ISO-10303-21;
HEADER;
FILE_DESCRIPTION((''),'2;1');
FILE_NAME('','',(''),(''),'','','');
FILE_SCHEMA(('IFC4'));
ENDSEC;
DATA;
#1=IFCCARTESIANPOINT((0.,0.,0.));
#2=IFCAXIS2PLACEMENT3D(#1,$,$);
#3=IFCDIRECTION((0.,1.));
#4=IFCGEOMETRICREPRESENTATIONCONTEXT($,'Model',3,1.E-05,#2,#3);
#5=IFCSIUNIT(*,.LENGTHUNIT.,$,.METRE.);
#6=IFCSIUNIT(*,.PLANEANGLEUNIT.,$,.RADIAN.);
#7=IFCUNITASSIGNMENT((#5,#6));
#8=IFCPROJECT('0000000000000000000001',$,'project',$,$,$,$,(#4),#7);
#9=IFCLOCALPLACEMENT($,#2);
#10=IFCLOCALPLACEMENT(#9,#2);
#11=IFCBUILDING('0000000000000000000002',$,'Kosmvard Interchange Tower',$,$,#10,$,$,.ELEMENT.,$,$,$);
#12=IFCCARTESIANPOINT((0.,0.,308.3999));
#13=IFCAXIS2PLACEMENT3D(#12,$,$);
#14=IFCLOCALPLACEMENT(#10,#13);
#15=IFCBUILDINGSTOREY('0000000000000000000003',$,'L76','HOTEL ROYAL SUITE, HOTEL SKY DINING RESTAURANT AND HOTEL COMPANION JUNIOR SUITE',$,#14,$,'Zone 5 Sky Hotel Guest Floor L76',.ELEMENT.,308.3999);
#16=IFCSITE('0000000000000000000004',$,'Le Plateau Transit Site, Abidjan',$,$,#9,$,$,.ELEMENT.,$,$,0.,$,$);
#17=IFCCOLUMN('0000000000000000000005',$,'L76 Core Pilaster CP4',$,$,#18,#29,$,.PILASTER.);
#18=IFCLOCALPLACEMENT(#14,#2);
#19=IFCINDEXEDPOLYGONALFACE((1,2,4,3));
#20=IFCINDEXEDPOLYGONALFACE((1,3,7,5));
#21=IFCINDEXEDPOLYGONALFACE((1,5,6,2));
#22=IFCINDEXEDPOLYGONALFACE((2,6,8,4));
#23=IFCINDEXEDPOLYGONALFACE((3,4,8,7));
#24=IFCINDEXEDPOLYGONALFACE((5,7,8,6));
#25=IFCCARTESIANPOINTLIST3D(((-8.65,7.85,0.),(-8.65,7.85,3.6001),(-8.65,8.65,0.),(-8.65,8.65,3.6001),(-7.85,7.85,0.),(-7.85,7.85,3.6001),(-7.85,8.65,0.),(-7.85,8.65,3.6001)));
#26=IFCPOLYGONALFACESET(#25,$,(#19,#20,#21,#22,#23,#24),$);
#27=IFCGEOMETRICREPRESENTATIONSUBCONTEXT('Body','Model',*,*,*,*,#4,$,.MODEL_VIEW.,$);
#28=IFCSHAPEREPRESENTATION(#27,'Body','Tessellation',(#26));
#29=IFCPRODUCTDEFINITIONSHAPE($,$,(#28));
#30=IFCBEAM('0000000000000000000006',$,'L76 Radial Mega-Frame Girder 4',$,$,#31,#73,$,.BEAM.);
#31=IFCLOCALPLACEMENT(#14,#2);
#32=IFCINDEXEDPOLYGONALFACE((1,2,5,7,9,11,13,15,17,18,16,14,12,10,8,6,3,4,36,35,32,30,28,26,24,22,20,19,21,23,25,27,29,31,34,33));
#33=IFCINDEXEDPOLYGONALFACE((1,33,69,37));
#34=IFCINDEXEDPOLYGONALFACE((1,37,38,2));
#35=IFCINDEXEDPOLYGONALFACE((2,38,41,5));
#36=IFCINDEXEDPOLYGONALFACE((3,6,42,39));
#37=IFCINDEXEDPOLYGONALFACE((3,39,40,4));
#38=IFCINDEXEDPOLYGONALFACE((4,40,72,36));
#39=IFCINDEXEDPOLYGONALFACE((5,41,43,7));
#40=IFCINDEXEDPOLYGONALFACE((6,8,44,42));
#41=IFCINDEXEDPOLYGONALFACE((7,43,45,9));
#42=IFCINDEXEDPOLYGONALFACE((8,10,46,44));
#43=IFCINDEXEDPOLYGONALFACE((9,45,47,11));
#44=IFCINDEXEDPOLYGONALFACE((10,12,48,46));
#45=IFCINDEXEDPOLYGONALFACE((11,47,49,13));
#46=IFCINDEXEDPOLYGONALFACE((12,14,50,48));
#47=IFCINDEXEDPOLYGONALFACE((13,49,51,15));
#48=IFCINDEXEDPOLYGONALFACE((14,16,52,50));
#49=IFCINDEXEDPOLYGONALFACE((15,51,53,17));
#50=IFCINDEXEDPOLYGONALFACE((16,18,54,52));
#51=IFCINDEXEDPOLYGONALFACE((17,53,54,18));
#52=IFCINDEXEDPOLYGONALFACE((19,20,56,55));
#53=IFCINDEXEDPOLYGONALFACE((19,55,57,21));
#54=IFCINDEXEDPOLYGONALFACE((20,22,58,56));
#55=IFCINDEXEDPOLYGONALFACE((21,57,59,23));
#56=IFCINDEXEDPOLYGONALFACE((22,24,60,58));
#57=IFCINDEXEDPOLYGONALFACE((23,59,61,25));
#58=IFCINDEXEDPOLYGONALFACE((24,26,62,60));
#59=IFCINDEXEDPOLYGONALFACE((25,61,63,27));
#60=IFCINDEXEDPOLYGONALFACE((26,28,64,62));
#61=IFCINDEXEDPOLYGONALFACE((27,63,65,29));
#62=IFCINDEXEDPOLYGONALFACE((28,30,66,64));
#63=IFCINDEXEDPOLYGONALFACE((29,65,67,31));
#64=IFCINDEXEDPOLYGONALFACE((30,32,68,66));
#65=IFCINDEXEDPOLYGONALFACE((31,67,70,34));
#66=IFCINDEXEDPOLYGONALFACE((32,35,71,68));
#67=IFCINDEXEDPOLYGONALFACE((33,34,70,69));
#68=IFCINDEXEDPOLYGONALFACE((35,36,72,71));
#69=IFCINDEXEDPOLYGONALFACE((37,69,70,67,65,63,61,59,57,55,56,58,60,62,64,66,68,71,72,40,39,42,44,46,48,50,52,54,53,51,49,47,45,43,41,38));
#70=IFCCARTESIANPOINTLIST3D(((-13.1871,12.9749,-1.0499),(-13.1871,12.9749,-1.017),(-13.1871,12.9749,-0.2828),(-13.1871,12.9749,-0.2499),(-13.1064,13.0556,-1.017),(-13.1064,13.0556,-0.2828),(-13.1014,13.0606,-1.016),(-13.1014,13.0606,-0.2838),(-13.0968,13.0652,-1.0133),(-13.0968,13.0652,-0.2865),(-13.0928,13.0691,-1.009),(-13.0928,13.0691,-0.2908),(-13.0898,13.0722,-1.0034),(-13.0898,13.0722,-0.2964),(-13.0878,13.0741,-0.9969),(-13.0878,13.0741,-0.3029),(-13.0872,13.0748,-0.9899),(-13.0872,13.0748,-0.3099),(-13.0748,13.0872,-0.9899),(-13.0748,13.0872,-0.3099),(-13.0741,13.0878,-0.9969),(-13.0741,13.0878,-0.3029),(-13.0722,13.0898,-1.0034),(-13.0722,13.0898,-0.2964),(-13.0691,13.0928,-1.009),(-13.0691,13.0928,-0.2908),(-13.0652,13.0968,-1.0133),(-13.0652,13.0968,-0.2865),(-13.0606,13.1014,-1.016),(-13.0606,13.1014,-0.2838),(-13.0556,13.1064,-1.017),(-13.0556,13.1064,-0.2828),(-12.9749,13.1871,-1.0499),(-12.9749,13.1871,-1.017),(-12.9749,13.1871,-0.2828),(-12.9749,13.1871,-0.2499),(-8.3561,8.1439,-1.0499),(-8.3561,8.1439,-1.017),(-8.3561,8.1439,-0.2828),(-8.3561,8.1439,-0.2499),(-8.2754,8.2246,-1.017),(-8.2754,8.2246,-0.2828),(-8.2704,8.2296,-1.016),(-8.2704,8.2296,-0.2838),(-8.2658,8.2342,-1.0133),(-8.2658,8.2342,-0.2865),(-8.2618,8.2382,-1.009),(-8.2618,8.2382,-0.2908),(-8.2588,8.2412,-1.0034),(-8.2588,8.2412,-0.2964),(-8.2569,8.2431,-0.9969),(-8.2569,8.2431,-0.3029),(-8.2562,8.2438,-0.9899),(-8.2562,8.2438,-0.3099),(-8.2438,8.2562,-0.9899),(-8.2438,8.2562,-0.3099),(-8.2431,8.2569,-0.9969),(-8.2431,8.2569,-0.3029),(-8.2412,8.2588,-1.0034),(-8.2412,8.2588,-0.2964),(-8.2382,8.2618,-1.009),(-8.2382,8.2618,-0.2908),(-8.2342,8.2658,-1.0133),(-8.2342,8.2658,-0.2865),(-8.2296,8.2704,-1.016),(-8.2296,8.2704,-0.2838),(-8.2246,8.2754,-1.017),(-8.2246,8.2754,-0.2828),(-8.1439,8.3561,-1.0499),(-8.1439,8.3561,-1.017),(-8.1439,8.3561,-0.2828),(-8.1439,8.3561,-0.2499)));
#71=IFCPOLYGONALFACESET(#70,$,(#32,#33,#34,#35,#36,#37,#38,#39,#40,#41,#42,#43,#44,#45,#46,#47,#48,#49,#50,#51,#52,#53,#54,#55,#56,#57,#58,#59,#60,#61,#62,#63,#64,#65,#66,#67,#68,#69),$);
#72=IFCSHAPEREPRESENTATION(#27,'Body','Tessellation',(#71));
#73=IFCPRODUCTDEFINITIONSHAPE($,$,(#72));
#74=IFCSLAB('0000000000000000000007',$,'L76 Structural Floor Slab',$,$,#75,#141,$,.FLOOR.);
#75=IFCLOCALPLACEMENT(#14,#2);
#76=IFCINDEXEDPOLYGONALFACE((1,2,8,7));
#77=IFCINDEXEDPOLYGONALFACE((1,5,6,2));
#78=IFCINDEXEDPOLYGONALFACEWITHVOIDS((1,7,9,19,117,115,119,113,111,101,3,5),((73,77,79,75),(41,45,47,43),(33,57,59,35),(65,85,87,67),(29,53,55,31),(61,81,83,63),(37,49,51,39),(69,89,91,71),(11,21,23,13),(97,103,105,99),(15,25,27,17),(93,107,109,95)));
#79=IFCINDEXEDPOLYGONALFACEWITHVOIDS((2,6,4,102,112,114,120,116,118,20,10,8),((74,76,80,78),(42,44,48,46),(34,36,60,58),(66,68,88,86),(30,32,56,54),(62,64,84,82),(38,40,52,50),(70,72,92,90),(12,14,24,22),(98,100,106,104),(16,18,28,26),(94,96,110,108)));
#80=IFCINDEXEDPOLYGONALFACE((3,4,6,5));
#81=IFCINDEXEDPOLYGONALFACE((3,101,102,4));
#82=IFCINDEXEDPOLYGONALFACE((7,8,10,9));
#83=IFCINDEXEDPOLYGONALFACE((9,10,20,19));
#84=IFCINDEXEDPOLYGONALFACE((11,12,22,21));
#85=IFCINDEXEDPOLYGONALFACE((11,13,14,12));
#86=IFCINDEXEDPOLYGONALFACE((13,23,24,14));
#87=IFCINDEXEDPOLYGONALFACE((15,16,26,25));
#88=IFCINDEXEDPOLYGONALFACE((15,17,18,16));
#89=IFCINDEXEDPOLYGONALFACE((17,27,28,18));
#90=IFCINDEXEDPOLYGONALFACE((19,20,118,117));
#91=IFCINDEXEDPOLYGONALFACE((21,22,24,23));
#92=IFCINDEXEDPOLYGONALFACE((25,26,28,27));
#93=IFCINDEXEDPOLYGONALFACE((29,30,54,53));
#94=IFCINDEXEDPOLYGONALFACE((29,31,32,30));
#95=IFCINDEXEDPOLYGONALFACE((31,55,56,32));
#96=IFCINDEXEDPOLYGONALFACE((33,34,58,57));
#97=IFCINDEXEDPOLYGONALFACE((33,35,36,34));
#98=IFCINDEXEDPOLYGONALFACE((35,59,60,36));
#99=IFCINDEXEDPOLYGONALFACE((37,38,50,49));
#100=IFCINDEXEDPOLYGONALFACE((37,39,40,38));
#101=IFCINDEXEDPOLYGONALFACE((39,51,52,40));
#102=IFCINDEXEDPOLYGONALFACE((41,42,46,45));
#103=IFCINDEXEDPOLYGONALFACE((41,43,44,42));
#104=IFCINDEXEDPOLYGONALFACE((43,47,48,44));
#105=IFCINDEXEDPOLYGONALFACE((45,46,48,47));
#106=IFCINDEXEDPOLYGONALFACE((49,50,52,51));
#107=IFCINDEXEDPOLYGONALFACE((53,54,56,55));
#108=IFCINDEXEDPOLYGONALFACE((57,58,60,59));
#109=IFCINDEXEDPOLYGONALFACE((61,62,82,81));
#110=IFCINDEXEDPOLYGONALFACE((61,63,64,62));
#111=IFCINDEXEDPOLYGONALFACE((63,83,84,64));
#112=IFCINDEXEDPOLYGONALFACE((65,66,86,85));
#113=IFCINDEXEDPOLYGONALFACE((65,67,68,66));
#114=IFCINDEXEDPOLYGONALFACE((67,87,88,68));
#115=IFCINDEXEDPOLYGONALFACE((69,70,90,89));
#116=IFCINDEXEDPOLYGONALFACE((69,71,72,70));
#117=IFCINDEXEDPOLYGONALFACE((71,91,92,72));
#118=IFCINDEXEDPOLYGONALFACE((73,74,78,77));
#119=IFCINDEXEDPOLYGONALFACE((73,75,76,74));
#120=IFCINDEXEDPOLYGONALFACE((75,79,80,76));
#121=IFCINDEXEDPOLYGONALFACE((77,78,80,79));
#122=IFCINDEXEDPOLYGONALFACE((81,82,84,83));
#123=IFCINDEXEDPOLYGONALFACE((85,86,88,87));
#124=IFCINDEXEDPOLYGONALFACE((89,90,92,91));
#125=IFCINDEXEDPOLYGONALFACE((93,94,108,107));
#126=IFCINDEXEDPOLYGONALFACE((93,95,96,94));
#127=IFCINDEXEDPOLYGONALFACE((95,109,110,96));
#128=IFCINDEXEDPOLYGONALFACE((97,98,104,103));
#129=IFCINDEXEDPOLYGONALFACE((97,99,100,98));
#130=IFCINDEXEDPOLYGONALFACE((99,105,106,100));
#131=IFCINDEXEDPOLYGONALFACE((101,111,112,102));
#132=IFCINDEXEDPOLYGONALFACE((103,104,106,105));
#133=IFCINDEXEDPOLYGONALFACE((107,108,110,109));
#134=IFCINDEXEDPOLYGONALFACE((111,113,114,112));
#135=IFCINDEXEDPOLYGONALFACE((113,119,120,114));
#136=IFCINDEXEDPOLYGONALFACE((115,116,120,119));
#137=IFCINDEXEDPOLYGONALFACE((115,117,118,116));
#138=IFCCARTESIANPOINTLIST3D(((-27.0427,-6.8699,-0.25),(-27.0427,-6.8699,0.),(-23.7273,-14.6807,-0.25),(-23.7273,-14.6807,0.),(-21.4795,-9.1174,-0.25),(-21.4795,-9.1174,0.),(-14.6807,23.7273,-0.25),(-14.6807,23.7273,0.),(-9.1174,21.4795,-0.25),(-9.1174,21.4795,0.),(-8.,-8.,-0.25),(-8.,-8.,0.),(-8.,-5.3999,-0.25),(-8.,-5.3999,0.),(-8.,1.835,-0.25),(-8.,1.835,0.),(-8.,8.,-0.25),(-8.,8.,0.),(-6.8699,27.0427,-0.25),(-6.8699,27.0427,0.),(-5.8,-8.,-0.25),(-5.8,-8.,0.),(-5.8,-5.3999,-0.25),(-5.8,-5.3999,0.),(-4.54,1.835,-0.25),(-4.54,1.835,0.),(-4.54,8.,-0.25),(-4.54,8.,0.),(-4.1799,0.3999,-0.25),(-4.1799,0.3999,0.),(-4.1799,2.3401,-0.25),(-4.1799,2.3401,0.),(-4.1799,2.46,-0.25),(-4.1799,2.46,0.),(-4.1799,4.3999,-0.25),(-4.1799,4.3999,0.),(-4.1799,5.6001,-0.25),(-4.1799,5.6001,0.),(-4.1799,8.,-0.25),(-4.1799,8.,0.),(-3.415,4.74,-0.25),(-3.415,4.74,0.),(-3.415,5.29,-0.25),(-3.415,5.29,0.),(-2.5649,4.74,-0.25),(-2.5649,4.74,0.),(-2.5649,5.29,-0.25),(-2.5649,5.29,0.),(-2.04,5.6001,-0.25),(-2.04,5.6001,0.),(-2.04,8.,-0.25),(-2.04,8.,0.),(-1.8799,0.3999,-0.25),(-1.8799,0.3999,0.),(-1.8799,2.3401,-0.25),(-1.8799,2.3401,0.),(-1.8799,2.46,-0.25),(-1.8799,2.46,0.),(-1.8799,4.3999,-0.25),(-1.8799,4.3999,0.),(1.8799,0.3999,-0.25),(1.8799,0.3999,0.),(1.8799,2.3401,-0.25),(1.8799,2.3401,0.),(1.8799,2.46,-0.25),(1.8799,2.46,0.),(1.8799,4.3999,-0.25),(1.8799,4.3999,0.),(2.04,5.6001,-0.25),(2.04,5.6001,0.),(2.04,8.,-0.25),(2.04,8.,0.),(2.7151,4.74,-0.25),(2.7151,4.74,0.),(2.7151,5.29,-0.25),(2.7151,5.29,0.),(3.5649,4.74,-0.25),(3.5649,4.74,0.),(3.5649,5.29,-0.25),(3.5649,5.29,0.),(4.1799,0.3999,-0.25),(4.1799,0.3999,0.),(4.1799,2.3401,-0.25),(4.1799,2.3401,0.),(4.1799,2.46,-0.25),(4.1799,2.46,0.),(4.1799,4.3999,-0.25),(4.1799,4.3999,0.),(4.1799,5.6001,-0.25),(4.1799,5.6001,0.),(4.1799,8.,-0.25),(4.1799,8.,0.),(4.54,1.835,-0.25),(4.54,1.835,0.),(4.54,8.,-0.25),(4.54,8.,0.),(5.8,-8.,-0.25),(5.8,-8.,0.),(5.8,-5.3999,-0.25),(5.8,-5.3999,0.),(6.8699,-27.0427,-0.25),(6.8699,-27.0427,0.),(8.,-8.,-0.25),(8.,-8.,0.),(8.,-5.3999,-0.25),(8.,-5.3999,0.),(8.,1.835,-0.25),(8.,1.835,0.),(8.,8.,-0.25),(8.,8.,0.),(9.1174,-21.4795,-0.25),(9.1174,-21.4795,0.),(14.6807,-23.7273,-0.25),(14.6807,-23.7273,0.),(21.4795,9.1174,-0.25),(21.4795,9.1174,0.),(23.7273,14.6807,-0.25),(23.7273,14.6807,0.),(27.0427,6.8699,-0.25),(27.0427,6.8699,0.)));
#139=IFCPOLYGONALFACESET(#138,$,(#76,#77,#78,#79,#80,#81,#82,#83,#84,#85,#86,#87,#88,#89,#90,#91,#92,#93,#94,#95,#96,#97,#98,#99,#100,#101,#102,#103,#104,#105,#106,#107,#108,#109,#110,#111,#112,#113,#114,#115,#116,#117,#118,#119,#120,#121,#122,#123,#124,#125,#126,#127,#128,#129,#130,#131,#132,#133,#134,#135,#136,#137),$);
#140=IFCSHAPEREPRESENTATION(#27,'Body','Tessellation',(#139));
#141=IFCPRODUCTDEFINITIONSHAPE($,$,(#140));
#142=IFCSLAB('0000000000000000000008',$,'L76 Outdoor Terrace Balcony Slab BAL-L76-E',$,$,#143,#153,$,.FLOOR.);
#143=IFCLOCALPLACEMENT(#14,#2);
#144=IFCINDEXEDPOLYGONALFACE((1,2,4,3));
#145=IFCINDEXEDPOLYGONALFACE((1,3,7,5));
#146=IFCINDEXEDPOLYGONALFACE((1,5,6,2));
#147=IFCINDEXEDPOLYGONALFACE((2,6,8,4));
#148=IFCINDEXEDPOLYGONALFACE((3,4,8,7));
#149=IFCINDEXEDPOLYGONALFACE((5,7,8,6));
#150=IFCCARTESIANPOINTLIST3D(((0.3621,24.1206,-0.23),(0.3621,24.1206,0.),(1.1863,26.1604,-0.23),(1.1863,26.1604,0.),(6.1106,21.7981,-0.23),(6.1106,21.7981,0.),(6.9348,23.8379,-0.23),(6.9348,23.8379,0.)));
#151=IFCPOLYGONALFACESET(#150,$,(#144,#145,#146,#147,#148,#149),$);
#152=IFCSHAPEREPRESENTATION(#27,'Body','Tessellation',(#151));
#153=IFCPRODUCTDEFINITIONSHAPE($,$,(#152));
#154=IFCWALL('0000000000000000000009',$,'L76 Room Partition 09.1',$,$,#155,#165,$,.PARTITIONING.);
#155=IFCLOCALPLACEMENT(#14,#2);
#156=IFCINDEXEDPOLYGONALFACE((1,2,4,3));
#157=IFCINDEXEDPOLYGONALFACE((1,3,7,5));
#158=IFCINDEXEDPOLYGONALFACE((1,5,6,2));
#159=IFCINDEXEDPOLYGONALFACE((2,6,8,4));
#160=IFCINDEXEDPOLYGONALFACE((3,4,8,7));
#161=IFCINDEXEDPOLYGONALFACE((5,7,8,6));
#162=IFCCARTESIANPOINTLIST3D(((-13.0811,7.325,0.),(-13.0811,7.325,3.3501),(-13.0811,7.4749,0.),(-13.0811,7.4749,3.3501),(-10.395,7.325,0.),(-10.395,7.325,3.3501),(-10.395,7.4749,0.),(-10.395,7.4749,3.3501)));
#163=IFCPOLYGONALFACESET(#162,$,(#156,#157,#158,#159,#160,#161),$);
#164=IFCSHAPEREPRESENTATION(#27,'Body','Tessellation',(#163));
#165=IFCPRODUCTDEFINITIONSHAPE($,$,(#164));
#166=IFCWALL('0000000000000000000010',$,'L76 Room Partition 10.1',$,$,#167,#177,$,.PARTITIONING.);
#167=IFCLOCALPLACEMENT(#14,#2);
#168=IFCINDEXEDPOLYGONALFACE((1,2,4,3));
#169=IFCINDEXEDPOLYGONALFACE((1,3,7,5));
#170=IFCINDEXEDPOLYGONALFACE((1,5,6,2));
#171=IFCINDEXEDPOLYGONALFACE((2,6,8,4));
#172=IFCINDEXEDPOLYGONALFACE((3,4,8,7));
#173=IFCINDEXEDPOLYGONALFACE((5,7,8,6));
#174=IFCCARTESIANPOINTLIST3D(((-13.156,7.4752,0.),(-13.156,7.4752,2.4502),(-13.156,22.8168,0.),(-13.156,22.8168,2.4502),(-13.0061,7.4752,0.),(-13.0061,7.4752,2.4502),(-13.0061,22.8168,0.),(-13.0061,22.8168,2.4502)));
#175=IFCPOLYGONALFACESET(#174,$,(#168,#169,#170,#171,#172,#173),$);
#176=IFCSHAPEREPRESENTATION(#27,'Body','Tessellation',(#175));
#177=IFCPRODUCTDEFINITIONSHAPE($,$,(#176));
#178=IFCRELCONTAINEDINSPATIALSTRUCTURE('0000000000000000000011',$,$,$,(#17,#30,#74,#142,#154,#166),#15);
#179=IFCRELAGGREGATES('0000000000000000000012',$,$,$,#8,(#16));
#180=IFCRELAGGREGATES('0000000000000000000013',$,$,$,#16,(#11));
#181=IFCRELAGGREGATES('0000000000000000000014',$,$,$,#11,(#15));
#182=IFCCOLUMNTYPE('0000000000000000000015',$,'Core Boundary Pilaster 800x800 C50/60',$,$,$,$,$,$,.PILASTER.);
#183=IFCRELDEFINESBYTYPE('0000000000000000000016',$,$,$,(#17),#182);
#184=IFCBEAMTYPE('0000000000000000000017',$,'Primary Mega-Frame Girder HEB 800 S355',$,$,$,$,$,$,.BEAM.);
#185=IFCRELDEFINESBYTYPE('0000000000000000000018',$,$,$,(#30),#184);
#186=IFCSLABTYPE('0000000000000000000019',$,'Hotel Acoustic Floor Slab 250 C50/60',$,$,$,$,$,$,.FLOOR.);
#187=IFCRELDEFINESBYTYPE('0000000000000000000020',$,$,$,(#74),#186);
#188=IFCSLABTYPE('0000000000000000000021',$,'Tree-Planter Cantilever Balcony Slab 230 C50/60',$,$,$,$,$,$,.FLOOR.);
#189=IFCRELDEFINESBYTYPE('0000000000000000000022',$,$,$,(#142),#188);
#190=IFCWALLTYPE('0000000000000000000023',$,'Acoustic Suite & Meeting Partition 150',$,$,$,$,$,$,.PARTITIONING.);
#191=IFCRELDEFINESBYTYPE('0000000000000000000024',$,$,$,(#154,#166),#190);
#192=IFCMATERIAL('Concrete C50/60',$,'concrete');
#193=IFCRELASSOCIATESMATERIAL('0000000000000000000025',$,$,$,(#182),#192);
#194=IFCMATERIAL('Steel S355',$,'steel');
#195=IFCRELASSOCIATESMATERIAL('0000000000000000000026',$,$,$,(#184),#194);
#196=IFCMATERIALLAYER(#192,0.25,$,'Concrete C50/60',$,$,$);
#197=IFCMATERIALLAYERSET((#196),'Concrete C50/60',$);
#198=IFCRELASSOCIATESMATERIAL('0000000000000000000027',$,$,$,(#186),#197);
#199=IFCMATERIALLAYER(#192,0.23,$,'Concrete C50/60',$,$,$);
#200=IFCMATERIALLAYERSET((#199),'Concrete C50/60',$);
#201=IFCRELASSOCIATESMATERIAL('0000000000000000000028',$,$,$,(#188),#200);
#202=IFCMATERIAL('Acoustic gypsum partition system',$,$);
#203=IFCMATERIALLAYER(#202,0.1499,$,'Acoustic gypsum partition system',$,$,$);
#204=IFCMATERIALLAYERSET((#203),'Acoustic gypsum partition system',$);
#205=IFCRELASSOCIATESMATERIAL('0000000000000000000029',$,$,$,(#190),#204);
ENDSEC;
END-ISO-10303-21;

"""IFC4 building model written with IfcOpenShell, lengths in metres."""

from ifc_helpers import new_model, si_unit, direction, frame, frame_2d, origin, origin_2d, place, context, subcontext, project, spatial, polyline, rectangle, i_section, outline, extrude, source, transform, mapped, material, layer, layer_set, material_profile, profile_set, type_object, element, save


model = new_model("IFC4")

# Units and contexts
model_context = context("Model", 3, precision=1e-05, world=origin(), true_north=direction((0.0, 1.0)))
body_context = subcontext(model_context, "Body", "Model", "MODEL_VIEW")
ifc_project = project(units=[si_unit("LENGTHUNIT", "METRE"), si_unit("PLANEANGLEUNIT", "RADIAN")], contexts=[model_context])

# Site, building, storey
site_placement = place(None, origin())
site = spatial("IfcSite", under=ifc_project, at=site_placement, Name="Le Plateau Transit Site, Abidjan", CompositionType="ELEMENT", RefElevation=0.0)
building_placement = place(site_placement, origin())
building = spatial("IfcBuilding", under=site, at=building_placement, Name="Kosmvard Interchange Tower", CompositionType="ELEMENT")
storey_placement = place(building_placement, frame((0.0, 0.0, 308.3999)))
storey = spatial("IfcBuildingStorey", under=building, at=storey_placement, Name="L76", Description="HOTEL ROYAL SUITE, HOTEL SKY DINING RESTAURANT AND HOTEL COMPANION JUNIOR SUITE", LongName="Zone 5 Sky Hotel Guest Floor L76", CompositionType="ELEMENT", Elevation=308.3999)

# Column
ifc_material_1 = material(Name="Concrete C50/60", Category="concrete")
ifc_material_profile_1 = material_profile(ifc_material_1, rectangle(XDim=0.8, YDim=0.8, at=origin_2d()), Name="CP 800x800")
ifc_profile_set_1 = profile_set([ifc_material_profile_1], Name="Concrete C50/60")
column_type = type_object("IfcColumnType", Name="Core Boundary Pilaster 800x800 C50/60", PredefinedType="PILASTER", material=ifc_profile_set_1)
shared_shape_1 = source(origin(), body_context, "Body", "SweptSolid", [
    extrude(rectangle(XDim=0.8, YDim=0.8, at=origin_2d()), origin(), (0.0, 0.0, 1.0), 3.6001),
])
column_placement = place(storey_placement, frame((-8.25, 8.25, 0.0), z_axis=(0.0, 0.0, 1.0), x_axis=(1.0, 0.0, 0.0)))
element("IfcColumn", 1, at=column_placement, inside=storey, type_object=column_type, Name="L76 Core Pilaster CP4", PredefinedType="PILASTER", context=body_context, shape_type="MappedRepresentation", body=[
    mapped(shared_shape_1, transform((0.0, 0.0, 0.0), scale=1.0)),
])

# Beam
ifc_material_2 = material(Name="Steel S355", Category="steel")
ifc_material_profile_2 = material_profile(ifc_material_2, i_section(OverallWidth=0.3, OverallDepth=0.8, WebThickness=0.0176, FlangeThickness=0.033, FilletRadius=0.0271, at=origin_2d()), Name="HEB 800")
ifc_profile_set_2 = profile_set([ifc_material_profile_2], Name="Steel S355")
beam_type = type_object("IfcBeamType", Name="Primary Mega-Frame Girder HEB 800 S355", PredefinedType="BEAM", material=ifc_profile_set_2)
shared_shape_2 = source(origin(), body_context, "Body", "SweptSolid", [
    extrude(i_section(OverallWidth=0.3, OverallDepth=0.8, WebThickness=0.0176, FlangeThickness=0.033, FilletRadius=0.0271, at=origin_2d()), origin(), (0.0, 0.0, 1.0), 6.832),
])
beam_placement = place(storey_placement, frame((-8.25, 8.25, -0.6499), z_axis=(-0.707107, 0.707107, 0.0), x_axis=(-0.707107, -0.707107, 0.0)))
element("IfcBeam", 2, at=beam_placement, inside=storey, type_object=beam_type, Name="L76 Radial Mega-Frame Girder 4", PredefinedType="BEAM", context=body_context, shape_type="MappedRepresentation", body=[
    mapped(shared_shape_2, transform((0.0, 0.0, 0.0), scale=1.0)),
])

# Slabs
ifc_layer_1 = layer(ifc_material_1, 0.25, Name="Concrete C50/60")
ifc_layer_set_1 = layer_set([ifc_layer_1], Name="Concrete C50/60")
slab_type_1 = type_object("IfcSlabType", Name="Hotel Acoustic Floor Slab 250 C50/60", PredefinedType="FLOOR", material=ifc_layer_set_1)
slab_1_placement = place(storey_placement, frame((0.0, 0.0, -0.25)))
element("IfcSlab", 3, at=slab_1_placement, inside=storey, type_object=slab_type_1, Name="L76 Structural Floor Slab", PredefinedType="FLOOR", context=body_context, shape_type="SweptSolid", body=[
    extrude(outline(polyline([(14.6807, -23.7273), (27.0427, 6.8699), (21.4795, 9.1174), (23.7273, 14.6807), (-6.8699, 27.0427), (-9.1174, 21.4795), (-14.6807, 23.7273), (-27.0427, -6.8699), (-21.4795, -9.1174), (-23.7273, -14.6807), (6.8699, -27.0427), (9.1174, -21.4795), (14.6807, -23.7273)]), holes=[polyline([(-8.0, 1.835), (-4.54, 1.835), (-4.54, 8.0), (-8.0, 8.0), (-8.0, 1.835)]), polyline([(4.54, 1.835), (8.0, 1.835), (8.0, 8.0), (4.54, 8.0), (4.54, 1.835)]), polyline([(-8.0, -8.0), (-5.8, -8.0), (-5.8, -5.3999), (-8.0, -5.3999), (-8.0, -8.0)]), polyline([(5.8, -8.0), (8.0, -8.0), (8.0, -5.3999), (5.8, -5.3999), (5.8, -8.0)]), polyline([(-4.1799, 0.3999), (-1.8799, 0.3999), (-1.8799, 2.3401), (-4.1799, 2.3401), (-4.1799, 0.3999)]), polyline([(-4.1799, 2.46), (-1.8799, 2.46), (-1.8799, 4.3999), (-4.1799, 4.3999), (-4.1799, 2.46)]), polyline([(1.8799, 0.3999), (4.1799, 0.3999), (4.1799, 2.3401), (1.8799, 2.3401), (1.8799, 0.3999)]), polyline([(1.8799, 2.46), (4.1799, 2.46), (4.1799, 4.3999), (1.8799, 4.3999), (1.8799, 2.46)]), polyline([(-4.1799, 5.6001), (-2.04, 5.6001), (-2.04, 8.0), (-4.1799, 8.0), (-4.1799, 5.6001)]), polyline([(2.04, 5.6001), (4.1799, 5.6001), (4.1799, 8.0), (2.04, 8.0), (2.04, 5.6001)]), polyline([(-3.415, 4.74), (-2.5649, 4.74), (-2.5649, 5.29), (-3.415, 5.29), (-3.415, 4.74)]), polyline([(2.7151, 4.74), (3.5649, 4.74), (3.5649, 5.29), (2.7151, 5.29), (2.7151, 4.74)])]), origin(), (0.0, 0.0, 1.0), 0.25),
])
ifc_layer_2 = layer(ifc_material_1, 0.23, Name="Concrete C50/60")
ifc_layer_set_2 = layer_set([ifc_layer_2], Name="Concrete C50/60")
slab_type_2 = type_object("IfcSlabType", Name="Tree-Planter Cantilever Balcony Slab 230 C50/60", PredefinedType="FLOOR", material=ifc_layer_set_2)
slab_2_placement = place(storey_placement, frame((0.0, 0.0, -0.23)))
element("IfcSlab", 4, at=slab_2_placement, inside=storey, type_object=slab_type_2, Name="L76 Outdoor Terrace Balcony Slab BAL-L76-E", PredefinedType="FLOOR", context=body_context, shape_type="SweptSolid", body=[
    extrude(outline(polyline([(6.1106, 21.7981), (6.9348, 23.8379), (1.1863, 26.1604), (0.3621, 24.1206), (6.1106, 21.7981)])), origin(), (0.0, 0.0, 1.0), 0.23),
])

# Walls
ifc_material_3 = material(Name="Acoustic gypsum partition system")
ifc_layer_3 = layer(ifc_material_3, 0.1499, Name="Acoustic gypsum partition system")
ifc_layer_set_3 = layer_set([ifc_layer_3], Name="Acoustic gypsum partition system")
wall_type_1 = type_object("IfcWallType", Name="Acoustic Suite & Meeting Partition 150", PredefinedType="PARTITIONING", material=ifc_layer_set_3)
wall_1_placement = place(storey_placement, frame((-10.395, 7.3999, 0.0), z_axis=(0.0, 0.0, 1.0), x_axis=(-1.0, 0.0, 0.0)))
element("IfcWall", 5, at=wall_1_placement, inside=storey, type_object=wall_type_1, Name="L76 Room Partition 09.1", PredefinedType="PARTITIONING", context=body_context, shape_type="SweptSolid", body=[
    extrude(rectangle(XDim=2.686, YDim=0.1499, at=frame_2d((1.343, 0.0))), origin(), (0.0, 0.0, 1.0), 3.3501),
])
wall_2_placement = place(storey_placement, frame((-13.0811, 7.4751, 0.0), z_axis=(0.0, 0.0, 1.0), x_axis=(0.0, 1.0, 0.0)))
element("IfcWall", 6, at=wall_2_placement, inside=storey, type_object=wall_type_1, Name="L76 Room Partition 10.1", PredefinedType="PARTITIONING", context=body_context, shape_type="SweptSolid", body=[
    extrude(rectangle(XDim=15.3416, YDim=0.1499, at=frame_2d((7.6709, 0.0))), origin(), (0.0, 0.0, 1.0), 2.4502),
])

save(model, "model.ifc")
